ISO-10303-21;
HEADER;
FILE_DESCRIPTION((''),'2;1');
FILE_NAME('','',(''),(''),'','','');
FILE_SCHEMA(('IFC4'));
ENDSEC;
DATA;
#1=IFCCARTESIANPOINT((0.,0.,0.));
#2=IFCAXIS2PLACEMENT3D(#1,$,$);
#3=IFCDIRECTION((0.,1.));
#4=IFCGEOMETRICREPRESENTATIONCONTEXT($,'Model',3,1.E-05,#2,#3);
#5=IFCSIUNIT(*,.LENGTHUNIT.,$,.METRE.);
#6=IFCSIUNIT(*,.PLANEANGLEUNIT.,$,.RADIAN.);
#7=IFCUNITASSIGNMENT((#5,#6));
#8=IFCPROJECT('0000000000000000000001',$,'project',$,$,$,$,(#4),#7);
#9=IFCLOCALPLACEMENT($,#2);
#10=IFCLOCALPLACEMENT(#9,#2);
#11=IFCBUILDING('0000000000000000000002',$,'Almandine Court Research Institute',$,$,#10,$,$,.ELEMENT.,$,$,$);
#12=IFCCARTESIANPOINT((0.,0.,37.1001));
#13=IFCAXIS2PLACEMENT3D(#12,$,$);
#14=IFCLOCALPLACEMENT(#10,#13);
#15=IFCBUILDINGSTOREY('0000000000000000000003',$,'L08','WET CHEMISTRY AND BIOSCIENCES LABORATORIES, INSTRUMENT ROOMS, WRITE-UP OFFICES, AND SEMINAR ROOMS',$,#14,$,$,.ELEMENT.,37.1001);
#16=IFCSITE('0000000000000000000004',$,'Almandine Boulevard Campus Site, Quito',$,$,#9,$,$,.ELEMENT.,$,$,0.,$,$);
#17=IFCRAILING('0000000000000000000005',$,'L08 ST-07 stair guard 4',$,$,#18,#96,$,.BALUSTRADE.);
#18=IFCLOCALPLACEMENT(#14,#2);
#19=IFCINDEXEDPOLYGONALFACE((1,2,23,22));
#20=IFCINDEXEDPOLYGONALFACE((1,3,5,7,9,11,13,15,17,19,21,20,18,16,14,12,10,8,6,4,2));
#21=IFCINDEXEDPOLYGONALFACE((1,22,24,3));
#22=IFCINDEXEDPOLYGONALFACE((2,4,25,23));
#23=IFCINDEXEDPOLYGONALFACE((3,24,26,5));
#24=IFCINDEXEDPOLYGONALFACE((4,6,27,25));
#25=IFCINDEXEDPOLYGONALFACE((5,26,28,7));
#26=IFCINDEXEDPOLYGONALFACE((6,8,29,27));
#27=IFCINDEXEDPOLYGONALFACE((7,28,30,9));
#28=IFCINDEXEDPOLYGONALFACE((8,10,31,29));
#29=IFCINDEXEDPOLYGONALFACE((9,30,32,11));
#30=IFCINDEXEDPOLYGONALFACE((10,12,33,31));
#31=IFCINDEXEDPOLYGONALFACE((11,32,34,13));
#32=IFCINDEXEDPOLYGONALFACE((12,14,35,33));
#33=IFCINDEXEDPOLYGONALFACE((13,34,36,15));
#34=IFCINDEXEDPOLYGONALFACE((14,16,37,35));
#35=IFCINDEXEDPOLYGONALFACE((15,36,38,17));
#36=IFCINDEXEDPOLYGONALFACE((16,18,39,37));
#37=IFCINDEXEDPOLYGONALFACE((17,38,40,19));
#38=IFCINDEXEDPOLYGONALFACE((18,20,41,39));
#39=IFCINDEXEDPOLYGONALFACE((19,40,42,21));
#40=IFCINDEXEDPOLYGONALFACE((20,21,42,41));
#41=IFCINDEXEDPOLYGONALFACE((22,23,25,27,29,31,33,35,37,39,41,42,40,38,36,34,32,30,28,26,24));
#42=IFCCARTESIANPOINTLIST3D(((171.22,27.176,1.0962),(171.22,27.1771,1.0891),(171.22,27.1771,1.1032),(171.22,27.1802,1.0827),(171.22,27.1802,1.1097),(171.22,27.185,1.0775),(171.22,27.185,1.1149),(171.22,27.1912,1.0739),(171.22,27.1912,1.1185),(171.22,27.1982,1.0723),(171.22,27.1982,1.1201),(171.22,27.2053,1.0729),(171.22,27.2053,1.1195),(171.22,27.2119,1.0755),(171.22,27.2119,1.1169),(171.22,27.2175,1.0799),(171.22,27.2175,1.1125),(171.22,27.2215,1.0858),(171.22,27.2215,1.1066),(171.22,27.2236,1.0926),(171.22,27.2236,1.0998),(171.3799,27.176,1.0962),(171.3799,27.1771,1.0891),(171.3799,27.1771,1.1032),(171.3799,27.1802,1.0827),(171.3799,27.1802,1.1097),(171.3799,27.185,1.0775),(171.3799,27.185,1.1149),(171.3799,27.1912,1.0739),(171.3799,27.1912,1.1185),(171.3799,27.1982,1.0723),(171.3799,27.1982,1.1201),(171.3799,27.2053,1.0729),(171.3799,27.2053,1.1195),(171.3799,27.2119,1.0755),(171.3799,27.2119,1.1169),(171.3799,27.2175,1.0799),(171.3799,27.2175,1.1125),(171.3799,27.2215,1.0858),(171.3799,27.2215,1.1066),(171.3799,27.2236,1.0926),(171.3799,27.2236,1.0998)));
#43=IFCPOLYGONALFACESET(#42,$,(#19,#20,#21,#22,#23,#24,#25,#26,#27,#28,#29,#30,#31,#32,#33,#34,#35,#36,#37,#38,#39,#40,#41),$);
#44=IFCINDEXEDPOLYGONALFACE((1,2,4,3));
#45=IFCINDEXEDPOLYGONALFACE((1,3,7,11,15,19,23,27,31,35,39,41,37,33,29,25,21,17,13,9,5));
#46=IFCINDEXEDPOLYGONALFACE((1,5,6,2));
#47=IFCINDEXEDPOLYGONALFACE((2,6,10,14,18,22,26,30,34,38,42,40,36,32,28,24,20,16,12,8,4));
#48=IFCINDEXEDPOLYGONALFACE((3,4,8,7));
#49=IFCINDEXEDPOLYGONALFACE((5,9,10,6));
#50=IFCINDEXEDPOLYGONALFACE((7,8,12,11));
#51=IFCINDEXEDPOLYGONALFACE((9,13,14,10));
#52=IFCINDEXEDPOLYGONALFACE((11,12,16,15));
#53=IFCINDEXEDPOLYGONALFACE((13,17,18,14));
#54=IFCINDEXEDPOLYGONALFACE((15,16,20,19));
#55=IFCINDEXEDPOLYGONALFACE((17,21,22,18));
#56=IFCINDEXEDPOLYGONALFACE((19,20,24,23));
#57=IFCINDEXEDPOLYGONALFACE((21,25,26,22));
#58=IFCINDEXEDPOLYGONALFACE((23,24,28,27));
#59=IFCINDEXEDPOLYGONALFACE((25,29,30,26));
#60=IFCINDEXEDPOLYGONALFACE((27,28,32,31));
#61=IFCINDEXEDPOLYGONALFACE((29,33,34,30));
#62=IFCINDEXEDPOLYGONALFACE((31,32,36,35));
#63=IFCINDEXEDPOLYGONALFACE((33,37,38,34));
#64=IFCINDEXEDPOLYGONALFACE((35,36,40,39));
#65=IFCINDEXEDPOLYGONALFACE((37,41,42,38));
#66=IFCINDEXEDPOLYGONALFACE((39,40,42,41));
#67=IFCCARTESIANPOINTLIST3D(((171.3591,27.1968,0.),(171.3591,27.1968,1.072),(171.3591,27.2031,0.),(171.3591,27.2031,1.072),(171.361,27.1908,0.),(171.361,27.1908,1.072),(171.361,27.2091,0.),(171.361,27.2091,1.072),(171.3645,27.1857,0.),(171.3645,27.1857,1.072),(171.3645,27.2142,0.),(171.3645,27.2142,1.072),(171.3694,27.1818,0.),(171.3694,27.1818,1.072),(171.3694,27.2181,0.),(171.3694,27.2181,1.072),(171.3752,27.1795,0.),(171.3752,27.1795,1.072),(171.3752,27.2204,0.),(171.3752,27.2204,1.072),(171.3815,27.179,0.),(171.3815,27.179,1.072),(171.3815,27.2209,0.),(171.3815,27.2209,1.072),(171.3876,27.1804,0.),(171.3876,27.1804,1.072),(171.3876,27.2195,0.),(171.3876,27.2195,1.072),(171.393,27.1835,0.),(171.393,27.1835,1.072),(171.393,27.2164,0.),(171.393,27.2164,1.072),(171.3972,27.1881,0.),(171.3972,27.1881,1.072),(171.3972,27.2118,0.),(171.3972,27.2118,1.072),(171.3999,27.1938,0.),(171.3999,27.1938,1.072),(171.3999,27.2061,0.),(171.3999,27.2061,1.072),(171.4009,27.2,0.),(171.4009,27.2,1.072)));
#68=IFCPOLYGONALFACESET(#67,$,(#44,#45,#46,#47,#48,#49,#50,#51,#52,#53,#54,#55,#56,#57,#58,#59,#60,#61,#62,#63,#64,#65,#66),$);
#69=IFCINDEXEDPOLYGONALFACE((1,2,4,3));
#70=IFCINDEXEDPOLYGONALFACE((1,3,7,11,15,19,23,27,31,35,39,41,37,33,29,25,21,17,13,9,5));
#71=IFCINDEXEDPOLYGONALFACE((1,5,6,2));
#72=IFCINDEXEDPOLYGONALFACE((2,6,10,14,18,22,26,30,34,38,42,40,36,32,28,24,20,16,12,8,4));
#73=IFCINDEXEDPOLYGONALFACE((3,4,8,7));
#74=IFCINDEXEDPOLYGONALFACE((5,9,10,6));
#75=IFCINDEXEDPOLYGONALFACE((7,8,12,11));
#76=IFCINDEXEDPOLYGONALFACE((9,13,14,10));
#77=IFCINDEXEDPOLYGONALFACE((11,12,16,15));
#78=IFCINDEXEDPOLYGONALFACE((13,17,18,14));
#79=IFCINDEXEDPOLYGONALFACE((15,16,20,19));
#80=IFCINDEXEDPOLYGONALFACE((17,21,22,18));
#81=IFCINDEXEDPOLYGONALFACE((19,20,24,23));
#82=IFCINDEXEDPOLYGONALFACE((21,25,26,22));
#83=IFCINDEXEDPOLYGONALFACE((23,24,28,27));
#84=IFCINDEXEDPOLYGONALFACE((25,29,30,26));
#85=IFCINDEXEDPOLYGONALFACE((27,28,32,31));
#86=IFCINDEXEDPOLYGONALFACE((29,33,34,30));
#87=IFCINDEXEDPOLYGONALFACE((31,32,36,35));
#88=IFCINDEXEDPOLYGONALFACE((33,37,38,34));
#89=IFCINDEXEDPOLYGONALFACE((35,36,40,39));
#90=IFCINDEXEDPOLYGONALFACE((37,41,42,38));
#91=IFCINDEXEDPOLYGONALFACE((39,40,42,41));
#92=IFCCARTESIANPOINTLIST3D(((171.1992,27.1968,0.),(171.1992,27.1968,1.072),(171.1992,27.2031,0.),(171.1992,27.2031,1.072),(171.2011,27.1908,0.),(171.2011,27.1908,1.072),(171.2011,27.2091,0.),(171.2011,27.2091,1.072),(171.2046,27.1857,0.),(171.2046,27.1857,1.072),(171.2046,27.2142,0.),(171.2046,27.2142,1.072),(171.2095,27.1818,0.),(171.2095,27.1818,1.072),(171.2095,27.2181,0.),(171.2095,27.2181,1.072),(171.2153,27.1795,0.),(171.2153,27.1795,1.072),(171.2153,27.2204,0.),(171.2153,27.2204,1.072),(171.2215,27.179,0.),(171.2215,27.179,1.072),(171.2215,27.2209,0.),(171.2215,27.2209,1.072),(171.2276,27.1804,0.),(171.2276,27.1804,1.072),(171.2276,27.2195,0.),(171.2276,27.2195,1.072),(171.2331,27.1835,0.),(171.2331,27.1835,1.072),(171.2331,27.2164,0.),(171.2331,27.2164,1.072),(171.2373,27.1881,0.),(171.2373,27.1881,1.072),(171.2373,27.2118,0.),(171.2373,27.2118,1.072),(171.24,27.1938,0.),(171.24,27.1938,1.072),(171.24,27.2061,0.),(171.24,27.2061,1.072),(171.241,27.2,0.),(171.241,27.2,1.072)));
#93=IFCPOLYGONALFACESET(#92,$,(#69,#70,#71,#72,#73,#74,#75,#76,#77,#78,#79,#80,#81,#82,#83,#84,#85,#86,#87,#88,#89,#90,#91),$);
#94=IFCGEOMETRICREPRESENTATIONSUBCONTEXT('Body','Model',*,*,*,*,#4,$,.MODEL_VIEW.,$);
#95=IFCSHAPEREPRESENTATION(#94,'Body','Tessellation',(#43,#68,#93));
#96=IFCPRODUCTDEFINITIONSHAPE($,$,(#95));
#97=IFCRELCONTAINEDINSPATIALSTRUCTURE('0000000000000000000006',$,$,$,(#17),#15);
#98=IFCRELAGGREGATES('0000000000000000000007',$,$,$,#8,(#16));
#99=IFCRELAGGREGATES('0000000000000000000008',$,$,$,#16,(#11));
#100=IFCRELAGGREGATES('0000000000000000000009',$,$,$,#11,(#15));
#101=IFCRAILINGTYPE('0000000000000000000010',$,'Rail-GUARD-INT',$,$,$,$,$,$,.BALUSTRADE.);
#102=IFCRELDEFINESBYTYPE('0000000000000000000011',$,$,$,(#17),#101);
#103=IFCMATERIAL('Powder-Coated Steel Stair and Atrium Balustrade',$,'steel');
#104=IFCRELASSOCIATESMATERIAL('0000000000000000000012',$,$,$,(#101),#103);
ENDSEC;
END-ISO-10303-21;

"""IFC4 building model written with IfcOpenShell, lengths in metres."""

from ifc_helpers import new_model, si_unit, direction, frame, origin, origin_2d, place, context, subcontext, project, spatial, circle, extrude, material, type_object, element, save


model = new_model("IFC4")

# Units and contexts
model_context = context("Model", 3, precision=1e-05, world=origin(), true_north=direction((0.0, 1.0)))
body_context = subcontext(model_context, "Body", "Model", "MODEL_VIEW")
ifc_project = project(units=[si_unit("LENGTHUNIT", "METRE"), si_unit("PLANEANGLEUNIT", "RADIAN")], contexts=[model_context])

# Site, building, storey
site_placement = place(None, origin())
site = spatial("IfcSite", under=ifc_project, at=site_placement, Name="Almandine Boulevard Campus Site, Quito", CompositionType="ELEMENT", RefElevation=0.0)
building_placement = place(site_placement, origin())
building = spatial("IfcBuilding", under=site, at=building_placement, Name="Almandine Court Research Institute", CompositionType="ELEMENT")
storey_placement = place(building_placement, frame((0.0, 0.0, 37.1001)))
storey = spatial("IfcBuildingStorey", under=building, at=storey_placement, Name="L08", Description="WET CHEMISTRY AND BIOSCIENCES LABORATORIES, INSTRUMENT ROOMS, WRITE-UP OFFICES, AND SEMINAR ROOMS", CompositionType="ELEMENT", Elevation=37.1001)

# Railing
ifc_material_1 = material(Name="Powder-Coated Steel Stair and Atrium Balustrade", Category="steel")
railing_type_1 = type_object("IfcRailingType", Name="Rail-GUARD-INT", PredefinedType="BALUSTRADE", material=ifc_material_1)
railing_1_placement = place(storey_placement, frame((171.3799, 27.2, 0.0)))
element("IfcRailing", 1, at=railing_1_placement, inside=storey, type_object=railing_type_1, Name="L08 ST-07 stair guard 4", PredefinedType="BALUSTRADE", context=body_context, shape_type="SweptSolid", body=[
    extrude(circle(Radius=0.0239, at=origin_2d()), frame((0.0, 0.0, 1.0962), z_axis=(-1.0, 0.0, 0.0), x_axis=(0.0, -1.0, 0.0)), (0.0, 0.0, 1.0), 0.1599),
    extrude(circle(Radius=0.021, at=origin_2d()), origin(), (0.0, 0.0, 1.0), 1.072),
    extrude(circle(Radius=0.021, at=origin_2d()), frame((-0.1599, 0.0, 0.0)), (0.0, 0.0, 1.0), 1.072),
])

save(model, "model.ifc")
